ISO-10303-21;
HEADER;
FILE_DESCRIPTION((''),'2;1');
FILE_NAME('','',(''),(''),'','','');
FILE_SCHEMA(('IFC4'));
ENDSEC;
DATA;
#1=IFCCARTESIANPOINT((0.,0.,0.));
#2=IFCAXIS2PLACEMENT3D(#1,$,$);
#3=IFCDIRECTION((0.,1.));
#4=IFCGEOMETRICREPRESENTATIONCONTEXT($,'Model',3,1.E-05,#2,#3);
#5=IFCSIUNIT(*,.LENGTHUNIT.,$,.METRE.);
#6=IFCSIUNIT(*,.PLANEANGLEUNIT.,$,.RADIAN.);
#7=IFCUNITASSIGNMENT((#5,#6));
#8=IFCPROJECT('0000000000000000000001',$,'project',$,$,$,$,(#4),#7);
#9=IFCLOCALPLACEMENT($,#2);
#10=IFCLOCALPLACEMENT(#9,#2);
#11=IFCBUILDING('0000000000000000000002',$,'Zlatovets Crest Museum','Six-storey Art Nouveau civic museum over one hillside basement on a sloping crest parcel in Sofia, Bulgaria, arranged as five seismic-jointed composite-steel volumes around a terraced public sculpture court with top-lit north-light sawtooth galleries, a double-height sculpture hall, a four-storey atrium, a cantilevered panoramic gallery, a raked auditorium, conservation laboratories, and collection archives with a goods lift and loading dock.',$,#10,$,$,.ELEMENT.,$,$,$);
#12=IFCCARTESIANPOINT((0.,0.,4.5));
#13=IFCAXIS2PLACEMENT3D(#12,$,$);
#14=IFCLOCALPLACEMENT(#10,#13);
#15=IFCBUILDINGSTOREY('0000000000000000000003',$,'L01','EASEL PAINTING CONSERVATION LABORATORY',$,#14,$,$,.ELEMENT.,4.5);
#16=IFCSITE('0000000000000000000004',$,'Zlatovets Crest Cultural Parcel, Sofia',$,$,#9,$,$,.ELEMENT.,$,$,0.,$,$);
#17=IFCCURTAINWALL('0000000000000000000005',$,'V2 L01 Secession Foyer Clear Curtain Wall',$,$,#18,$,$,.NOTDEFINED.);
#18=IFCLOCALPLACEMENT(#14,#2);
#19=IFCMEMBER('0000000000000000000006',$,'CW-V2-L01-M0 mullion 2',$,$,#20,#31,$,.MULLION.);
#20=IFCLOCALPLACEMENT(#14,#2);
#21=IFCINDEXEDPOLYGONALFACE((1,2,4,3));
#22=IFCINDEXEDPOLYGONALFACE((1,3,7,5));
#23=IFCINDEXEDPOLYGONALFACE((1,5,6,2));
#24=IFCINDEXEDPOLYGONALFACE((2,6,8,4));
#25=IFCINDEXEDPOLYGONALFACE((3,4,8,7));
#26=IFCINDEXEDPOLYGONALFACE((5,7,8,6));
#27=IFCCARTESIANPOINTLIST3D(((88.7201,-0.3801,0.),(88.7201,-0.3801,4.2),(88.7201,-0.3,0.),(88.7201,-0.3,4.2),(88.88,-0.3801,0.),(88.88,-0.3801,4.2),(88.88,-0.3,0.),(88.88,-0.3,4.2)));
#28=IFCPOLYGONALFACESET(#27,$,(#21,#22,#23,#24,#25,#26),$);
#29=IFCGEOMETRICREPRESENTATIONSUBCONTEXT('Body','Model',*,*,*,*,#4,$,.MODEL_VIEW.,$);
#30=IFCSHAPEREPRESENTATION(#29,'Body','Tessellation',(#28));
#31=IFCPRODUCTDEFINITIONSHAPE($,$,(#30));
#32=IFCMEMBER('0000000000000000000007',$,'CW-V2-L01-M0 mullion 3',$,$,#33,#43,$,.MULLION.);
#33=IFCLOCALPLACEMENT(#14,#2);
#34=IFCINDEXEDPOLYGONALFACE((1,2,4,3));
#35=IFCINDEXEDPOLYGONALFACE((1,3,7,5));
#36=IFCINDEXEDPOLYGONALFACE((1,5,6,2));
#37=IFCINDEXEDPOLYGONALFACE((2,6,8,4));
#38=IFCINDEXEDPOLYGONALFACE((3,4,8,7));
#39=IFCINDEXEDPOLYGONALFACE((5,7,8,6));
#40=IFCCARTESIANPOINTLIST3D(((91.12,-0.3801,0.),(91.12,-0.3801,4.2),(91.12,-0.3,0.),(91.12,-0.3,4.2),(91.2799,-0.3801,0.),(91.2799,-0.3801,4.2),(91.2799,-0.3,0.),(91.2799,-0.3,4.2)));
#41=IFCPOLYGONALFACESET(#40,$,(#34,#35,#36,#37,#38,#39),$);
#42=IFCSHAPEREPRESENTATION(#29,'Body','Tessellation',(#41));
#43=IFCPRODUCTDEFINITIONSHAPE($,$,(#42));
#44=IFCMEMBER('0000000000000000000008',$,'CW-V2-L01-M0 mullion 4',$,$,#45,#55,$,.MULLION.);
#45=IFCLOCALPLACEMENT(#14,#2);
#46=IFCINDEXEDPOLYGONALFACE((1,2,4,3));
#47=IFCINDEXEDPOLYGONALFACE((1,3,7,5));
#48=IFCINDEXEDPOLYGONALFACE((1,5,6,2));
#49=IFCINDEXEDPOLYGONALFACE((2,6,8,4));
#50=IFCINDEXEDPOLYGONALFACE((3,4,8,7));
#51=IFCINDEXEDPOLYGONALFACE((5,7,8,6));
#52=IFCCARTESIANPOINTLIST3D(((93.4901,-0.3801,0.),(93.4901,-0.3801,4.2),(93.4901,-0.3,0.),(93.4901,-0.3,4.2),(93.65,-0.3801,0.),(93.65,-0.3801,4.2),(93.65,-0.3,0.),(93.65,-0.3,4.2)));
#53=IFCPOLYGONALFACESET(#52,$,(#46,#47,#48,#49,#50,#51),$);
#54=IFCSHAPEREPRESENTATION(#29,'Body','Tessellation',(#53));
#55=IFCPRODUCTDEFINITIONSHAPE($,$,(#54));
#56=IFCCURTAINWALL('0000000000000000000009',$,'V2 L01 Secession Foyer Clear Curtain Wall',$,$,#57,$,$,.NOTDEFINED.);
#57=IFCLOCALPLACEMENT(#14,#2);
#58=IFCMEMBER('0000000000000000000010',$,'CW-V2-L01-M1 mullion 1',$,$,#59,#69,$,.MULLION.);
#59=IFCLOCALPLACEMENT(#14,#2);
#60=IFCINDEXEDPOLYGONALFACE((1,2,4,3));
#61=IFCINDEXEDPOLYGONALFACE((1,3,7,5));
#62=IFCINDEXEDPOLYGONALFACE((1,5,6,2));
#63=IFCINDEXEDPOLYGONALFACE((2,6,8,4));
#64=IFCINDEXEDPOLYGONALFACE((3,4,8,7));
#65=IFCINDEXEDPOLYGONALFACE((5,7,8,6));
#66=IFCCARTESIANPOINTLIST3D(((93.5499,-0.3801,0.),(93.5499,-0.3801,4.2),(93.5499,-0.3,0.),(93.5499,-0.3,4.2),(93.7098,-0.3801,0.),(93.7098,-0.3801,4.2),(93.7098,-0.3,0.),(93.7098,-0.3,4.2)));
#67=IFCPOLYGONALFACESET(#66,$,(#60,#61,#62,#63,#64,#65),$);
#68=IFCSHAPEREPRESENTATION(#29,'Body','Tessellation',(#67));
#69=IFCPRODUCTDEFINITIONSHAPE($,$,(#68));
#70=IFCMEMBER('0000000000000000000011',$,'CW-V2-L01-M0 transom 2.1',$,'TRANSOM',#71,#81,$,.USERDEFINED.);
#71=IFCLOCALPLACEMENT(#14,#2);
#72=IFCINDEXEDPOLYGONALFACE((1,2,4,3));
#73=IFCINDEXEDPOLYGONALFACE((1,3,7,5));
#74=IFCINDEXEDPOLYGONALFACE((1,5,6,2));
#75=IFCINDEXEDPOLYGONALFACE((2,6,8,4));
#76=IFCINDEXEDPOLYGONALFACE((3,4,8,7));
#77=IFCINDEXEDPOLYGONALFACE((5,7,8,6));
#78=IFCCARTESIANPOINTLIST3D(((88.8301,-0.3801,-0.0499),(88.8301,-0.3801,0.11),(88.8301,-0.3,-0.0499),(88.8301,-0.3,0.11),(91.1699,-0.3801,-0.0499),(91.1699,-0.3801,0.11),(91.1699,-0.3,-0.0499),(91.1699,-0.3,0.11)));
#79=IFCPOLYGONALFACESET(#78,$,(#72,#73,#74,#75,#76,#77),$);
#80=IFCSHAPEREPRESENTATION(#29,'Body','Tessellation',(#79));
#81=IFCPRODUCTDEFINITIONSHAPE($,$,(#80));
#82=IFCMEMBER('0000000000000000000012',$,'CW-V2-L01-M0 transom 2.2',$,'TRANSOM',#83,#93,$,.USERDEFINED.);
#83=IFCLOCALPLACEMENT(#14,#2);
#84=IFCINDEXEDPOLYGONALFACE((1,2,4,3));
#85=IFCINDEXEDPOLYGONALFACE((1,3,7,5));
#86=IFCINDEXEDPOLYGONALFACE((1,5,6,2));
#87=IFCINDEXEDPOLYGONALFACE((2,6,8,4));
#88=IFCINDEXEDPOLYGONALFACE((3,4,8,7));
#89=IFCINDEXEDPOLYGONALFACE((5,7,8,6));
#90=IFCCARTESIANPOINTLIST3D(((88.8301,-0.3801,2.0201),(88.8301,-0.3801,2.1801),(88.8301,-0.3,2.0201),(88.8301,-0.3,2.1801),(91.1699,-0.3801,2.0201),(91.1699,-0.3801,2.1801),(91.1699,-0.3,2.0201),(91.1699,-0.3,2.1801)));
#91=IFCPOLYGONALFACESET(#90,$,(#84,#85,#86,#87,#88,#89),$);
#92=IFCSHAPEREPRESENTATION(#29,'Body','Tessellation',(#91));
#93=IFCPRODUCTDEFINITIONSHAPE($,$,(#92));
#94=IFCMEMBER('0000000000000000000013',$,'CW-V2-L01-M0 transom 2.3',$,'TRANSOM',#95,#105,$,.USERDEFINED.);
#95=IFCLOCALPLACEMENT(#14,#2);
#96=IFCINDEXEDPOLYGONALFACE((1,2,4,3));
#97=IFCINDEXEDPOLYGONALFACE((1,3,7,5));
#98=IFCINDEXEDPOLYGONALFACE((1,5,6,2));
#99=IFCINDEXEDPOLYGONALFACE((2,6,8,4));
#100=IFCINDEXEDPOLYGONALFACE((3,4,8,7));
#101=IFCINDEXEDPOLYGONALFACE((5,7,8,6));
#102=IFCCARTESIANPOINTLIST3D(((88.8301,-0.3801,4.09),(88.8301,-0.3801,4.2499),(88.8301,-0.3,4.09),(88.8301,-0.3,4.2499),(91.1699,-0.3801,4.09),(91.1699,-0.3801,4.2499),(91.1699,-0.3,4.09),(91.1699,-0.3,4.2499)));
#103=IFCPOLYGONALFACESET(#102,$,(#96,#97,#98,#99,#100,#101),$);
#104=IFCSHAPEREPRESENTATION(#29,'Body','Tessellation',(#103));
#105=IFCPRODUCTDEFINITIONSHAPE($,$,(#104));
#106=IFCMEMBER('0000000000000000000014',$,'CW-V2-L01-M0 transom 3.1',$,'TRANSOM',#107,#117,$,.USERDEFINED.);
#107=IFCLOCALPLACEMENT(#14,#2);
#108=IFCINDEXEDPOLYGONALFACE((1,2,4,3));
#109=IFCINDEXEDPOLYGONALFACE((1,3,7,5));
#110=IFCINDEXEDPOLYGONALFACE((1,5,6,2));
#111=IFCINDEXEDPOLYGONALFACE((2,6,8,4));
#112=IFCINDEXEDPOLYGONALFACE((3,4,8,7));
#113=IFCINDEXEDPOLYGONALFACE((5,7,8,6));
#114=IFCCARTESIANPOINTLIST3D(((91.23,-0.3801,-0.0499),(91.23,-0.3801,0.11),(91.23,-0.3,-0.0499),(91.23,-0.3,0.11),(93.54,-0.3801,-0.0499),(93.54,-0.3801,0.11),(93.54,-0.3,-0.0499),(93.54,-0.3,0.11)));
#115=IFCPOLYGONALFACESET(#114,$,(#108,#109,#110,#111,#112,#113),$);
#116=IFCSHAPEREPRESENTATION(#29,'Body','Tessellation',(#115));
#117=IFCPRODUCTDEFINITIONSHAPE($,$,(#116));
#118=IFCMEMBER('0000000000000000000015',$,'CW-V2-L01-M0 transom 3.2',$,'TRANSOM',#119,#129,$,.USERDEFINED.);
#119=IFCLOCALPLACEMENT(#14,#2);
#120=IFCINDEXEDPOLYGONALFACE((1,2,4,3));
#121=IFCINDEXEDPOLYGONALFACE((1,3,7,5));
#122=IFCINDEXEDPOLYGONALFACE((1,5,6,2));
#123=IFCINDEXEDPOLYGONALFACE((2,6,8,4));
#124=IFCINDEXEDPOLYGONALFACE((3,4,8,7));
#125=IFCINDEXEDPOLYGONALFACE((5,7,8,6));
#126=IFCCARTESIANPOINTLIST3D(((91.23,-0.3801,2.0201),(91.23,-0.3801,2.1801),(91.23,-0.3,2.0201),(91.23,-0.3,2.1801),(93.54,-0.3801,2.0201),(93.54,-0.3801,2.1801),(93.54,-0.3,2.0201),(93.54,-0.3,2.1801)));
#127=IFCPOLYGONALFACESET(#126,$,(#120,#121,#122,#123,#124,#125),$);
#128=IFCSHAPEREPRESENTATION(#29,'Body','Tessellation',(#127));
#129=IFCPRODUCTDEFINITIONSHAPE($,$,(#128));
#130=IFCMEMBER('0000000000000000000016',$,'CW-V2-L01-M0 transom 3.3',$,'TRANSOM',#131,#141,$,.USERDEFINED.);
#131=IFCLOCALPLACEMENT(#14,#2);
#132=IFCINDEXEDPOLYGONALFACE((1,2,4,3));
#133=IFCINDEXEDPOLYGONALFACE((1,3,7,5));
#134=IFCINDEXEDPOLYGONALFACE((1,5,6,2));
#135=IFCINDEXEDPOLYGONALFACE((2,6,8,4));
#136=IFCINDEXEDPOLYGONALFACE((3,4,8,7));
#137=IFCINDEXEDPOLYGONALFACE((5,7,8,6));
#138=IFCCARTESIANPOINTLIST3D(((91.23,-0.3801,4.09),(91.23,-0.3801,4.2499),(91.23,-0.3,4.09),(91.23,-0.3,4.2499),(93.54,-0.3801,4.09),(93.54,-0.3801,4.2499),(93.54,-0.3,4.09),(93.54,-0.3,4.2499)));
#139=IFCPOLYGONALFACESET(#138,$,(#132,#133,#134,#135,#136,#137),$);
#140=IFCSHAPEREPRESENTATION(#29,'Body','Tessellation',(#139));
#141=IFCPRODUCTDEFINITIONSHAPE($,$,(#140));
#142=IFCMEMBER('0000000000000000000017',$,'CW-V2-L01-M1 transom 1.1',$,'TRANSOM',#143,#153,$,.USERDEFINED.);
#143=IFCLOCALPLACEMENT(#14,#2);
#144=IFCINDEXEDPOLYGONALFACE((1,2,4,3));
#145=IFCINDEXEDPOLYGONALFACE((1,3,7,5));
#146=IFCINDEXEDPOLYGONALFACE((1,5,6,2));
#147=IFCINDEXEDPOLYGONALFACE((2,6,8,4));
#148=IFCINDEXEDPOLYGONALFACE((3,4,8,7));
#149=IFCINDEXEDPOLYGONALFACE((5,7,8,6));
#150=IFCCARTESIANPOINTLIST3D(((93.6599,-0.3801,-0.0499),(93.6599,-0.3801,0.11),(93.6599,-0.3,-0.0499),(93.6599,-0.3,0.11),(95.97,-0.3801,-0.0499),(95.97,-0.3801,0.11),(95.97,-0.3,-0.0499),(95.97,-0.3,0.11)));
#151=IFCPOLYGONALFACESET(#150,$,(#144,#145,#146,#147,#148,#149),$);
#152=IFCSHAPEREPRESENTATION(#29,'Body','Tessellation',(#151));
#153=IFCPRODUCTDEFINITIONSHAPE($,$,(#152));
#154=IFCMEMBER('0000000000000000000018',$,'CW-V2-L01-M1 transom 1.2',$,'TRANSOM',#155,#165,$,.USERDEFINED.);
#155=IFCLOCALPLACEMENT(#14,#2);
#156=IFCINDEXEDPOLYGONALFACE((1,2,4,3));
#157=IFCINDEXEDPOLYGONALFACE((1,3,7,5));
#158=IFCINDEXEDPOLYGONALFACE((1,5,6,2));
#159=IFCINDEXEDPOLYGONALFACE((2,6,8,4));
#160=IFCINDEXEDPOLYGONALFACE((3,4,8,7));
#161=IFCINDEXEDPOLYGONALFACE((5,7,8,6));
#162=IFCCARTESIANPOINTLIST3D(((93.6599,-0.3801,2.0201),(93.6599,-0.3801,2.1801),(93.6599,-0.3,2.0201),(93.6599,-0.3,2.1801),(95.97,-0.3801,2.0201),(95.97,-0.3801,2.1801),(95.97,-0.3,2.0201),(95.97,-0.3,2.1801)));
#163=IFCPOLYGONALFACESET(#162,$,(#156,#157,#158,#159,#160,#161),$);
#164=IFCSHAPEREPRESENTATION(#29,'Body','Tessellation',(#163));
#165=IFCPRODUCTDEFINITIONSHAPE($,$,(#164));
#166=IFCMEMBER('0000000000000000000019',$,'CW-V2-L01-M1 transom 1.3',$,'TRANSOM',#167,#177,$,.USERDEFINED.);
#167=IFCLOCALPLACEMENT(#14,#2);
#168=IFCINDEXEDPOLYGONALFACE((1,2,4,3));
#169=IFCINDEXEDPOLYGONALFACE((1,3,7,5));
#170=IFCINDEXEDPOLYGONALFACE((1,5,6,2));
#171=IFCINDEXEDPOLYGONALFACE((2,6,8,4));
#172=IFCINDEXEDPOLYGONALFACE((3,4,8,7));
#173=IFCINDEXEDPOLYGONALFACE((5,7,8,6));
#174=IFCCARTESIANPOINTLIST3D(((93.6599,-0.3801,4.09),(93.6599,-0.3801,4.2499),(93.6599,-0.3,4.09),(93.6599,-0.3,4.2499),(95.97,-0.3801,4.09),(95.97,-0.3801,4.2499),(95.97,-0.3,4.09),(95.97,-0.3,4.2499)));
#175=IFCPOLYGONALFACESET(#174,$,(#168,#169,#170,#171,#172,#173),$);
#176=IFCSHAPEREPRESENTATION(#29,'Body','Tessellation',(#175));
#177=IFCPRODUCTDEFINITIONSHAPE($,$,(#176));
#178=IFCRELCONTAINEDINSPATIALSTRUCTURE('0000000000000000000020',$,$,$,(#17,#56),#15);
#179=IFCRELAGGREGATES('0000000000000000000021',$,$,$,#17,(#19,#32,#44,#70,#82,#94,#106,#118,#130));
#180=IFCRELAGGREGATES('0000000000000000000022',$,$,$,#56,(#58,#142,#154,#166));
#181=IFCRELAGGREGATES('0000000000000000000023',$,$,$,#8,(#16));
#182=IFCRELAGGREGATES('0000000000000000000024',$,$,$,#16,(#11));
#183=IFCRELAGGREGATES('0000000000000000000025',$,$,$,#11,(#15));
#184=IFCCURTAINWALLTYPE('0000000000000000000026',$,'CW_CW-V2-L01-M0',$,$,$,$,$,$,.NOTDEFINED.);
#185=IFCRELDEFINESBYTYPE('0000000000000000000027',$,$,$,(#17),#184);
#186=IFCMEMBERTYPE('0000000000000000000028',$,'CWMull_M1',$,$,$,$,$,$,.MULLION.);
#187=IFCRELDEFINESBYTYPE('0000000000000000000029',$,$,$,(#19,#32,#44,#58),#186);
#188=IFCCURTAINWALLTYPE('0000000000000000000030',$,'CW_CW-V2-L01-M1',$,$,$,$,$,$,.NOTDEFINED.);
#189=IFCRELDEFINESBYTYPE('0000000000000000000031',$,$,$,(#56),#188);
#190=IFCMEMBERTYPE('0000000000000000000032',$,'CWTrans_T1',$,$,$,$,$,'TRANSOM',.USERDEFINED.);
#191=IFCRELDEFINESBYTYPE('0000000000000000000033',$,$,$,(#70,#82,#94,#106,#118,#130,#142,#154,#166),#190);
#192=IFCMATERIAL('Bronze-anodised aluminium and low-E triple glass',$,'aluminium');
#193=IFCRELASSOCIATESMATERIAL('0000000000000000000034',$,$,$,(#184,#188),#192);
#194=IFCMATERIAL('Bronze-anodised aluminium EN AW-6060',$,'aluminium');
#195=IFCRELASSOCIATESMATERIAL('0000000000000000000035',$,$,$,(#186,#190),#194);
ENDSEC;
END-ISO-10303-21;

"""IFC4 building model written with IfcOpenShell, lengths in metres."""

from ifc_helpers import new_model, si_unit, direction, frame, origin, origin_2d, place, context, subcontext, project, spatial, rectangle, extrude, material, material_profile, profile_set, type_object, element, aggregate, save


model = new_model("IFC4")

# Units and contexts
model_context = context("Model", 3, precision=1e-05, world=origin(), true_north=direction((0.0, 1.0)))
body_context = subcontext(model_context, "Body", "Model", "MODEL_VIEW")
ifc_project = project(units=[si_unit("LENGTHUNIT", "METRE"), si_unit("PLANEANGLEUNIT", "RADIAN")], contexts=[model_context])

# Site, building, storey
site_placement = place(None, origin())
site = spatial("IfcSite", under=ifc_project, at=site_placement, Name="Zlatovets Crest Cultural Parcel, Sofia", CompositionType="ELEMENT", RefElevation=0.0)
building_placement = place(site_placement, origin())
building = spatial("IfcBuilding", under=site, at=building_placement, Name="Zlatovets Crest Museum", Description="Six-storey Art Nouveau civic museum over one hillside basement on a sloping crest parcel in Sofia, Bulgaria, arranged as five seismic-jointed composite-steel volumes around a terraced public sculpture court with top-lit north-light sawtooth galleries, a double-height sculpture hall, a four-storey atrium, a cantilevered panoramic gallery, a raked auditorium, conservation laboratories, and collection archives with a goods lift and loading dock.", CompositionType="ELEMENT")
storey_placement = place(building_placement, frame((0.0, 0.0, 4.5)))
storey = spatial("IfcBuildingStorey", under=building, at=storey_placement, Name="L01", Description="EASEL PAINTING CONSERVATION LABORATORY", CompositionType="ELEMENT", Elevation=4.5)

# Curtain wall, members
ifc_material_1 = material(Name="Bronze-anodised aluminium and low-E triple glass", Category="aluminium")
curtain_wall_type_1 = type_object("IfcCurtainWallType", Name="CW_CW-V2-L01-M0", PredefinedType="NOTDEFINED", material=ifc_material_1)
curtain_wall_1_placement = place(storey_placement, origin())
curtain_wall_1 = element("IfcCurtainWall", 1, at=curtain_wall_1_placement, inside=storey, type_object=curtain_wall_type_1, Name="V2 L01 Secession Foyer Clear Curtain Wall", PredefinedType="NOTDEFINED")
ifc_material_2 = material(Name="Bronze-anodised aluminium EN AW-6060", Category="aluminium")
ifc_material_profile_1 = material_profile(ifc_material_2, rectangle(XDim=0.0801, YDim=0.1599, at=origin_2d()), Name="ALU 80x160")
ifc_profile_set_1 = profile_set([ifc_material_profile_1], Name="Bronze-anodised aluminium EN AW-6060")
member_type_1 = type_object("IfcMemberType", Name="CWMull_M1", PredefinedType="MULLION", material=ifc_profile_set_1)
member_1_placement = place(storey_placement, frame((88.8, -0.3401, 0.0), z_axis=(0.0, 0.0, 1.0), x_axis=(0.0, 1.0, 0.0)))
member_1 = element("IfcMember", 2, at=member_1_placement, type_object=member_type_1, Name="CW-V2-L01-M0 mullion 2", PredefinedType="MULLION", context=body_context, shape_type="SweptSolid", body=[
    extrude(rectangle(XDim=0.0801, YDim=0.1599, at=origin_2d()), origin(), (0.0, 0.0, 1.0), 4.2),
])
member_2_placement = place(storey_placement, frame((91.2, -0.3401, 0.0), z_axis=(0.0, 0.0, 1.0), x_axis=(0.0, 1.0, 0.0)))
member_2 = element("IfcMember", 3, at=member_2_placement, type_object=member_type_1, Name="CW-V2-L01-M0 mullion 3", PredefinedType="MULLION", context=body_context, shape_type="SweptSolid", body=[
    extrude(rectangle(XDim=0.0801, YDim=0.1599, at=origin_2d()), origin(), (0.0, 0.0, 1.0), 4.2),
])
member_3_placement = place(storey_placement, frame((93.5701, -0.3401, 0.0), z_axis=(0.0, 0.0, 1.0), x_axis=(0.0, 1.0, 0.0)))
member_3 = element("IfcMember", 4, at=member_3_placement, type_object=member_type_1, Name="CW-V2-L01-M0 mullion 4", PredefinedType="MULLION", context=body_context, shape_type="SweptSolid", body=[
    extrude(rectangle(XDim=0.0801, YDim=0.1599, at=origin_2d()), origin(), (0.0, 0.0, 1.0), 4.2),
])

# Curtain wall, member
curtain_wall_type_2 = type_object("IfcCurtainWallType", Name="CW_CW-V2-L01-M1", PredefinedType="NOTDEFINED", material=ifc_material_1)
curtain_wall_2_placement = place(storey_placement, origin())
curtain_wall_2 = element("IfcCurtainWall", 5, at=curtain_wall_2_placement, inside=storey, type_object=curtain_wall_type_2, Name="V2 L01 Secession Foyer Clear Curtain Wall", PredefinedType="NOTDEFINED")
member_4_placement = place(storey_placement, frame((93.6299, -0.3401, 0.0), z_axis=(0.0, 0.0, 1.0), x_axis=(0.0, 1.0, 0.0)))
member_4 = element("IfcMember", 6, at=member_4_placement, type_object=member_type_1, Name="CW-V2-L01-M1 mullion 1", PredefinedType="MULLION", context=body_context, shape_type="SweptSolid", body=[
    extrude(rectangle(XDim=0.0801, YDim=0.1599, at=origin_2d()), origin(), (0.0, 0.0, 1.0), 4.2),
])

# Members
ifc_material_profile_2 = material_profile(ifc_material_2, rectangle(XDim=0.0801, YDim=0.1599, at=origin_2d()), Name="ALU 80x160")
ifc_profile_set_2 = profile_set([ifc_material_profile_2], Name="Bronze-anodised aluminium EN AW-6060")
member_type_2 = type_object("IfcMemberType", Name="CWTrans_T1", ElementType="TRANSOM", PredefinedType="USERDEFINED", material=ifc_profile_set_2)
member_5_placement = place(storey_placement, frame((88.8301, -0.3401, 0.03), z_axis=(1.0, 0.0, 0.0), x_axis=(0.0, 1.0, 0.0)))
member_5 = element("IfcMember", 7, at=member_5_placement, type_object=member_type_2, Name="CW-V2-L01-M0 transom 2.1", ObjectType="TRANSOM", PredefinedType="USERDEFINED", context=body_context, shape_type="SweptSolid", body=[
    extrude(rectangle(XDim=0.0801, YDim=0.1599, at=origin_2d()), origin(), (0.0, 0.0, 1.0), 2.3398),
])
member_6_placement = place(storey_placement, frame((88.8301, -0.3401, 2.1001), z_axis=(1.0, 0.0, 0.0), x_axis=(0.0, 1.0, 0.0)))
member_6 = element("IfcMember", 8, at=member_6_placement, type_object=member_type_2, Name="CW-V2-L01-M0 transom 2.2", ObjectType="TRANSOM", PredefinedType="USERDEFINED", context=body_context, shape_type="SweptSolid", body=[
    extrude(rectangle(XDim=0.0801, YDim=0.1599, at=origin_2d()), origin(), (0.0, 0.0, 1.0), 2.3398),
])
member_7_placement = place(storey_placement, frame((88.8301, -0.3401, 4.1699), z_axis=(1.0, 0.0, 0.0), x_axis=(0.0, 1.0, 0.0)))
member_7 = element("IfcMember", 9, at=member_7_placement, type_object=member_type_2, Name="CW-V2-L01-M0 transom 2.3", ObjectType="TRANSOM", PredefinedType="USERDEFINED", context=body_context, shape_type="SweptSolid", body=[
    extrude(rectangle(XDim=0.0801, YDim=0.1599, at=origin_2d()), origin(), (0.0, 0.0, 1.0), 2.3398),
])
member_8_placement = place(storey_placement, frame((91.23, -0.3401, 0.03), z_axis=(1.0, 0.0, 0.0), x_axis=(0.0, 1.0, 0.0)))
member_8 = element("IfcMember", 10, at=member_8_placement, type_object=member_type_2, Name="CW-V2-L01-M0 transom 3.1", ObjectType="TRANSOM", PredefinedType="USERDEFINED", context=body_context, shape_type="SweptSolid", body=[
    extrude(rectangle(XDim=0.0801, YDim=0.1599, at=origin_2d()), origin(), (0.0, 0.0, 1.0), 2.3101),
])
member_9_placement = place(storey_placement, frame((91.23, -0.3401, 2.1001), z_axis=(1.0, 0.0, 0.0), x_axis=(0.0, 1.0, 0.0)))
member_9 = element("IfcMember", 11, at=member_9_placement, type_object=member_type_2, Name="CW-V2-L01-M0 transom 3.2", ObjectType="TRANSOM", PredefinedType="USERDEFINED", context=body_context, shape_type="SweptSolid", body=[
    extrude(rectangle(XDim=0.0801, YDim=0.1599, at=origin_2d()), origin(), (0.0, 0.0, 1.0), 2.3101),
])
member_10_placement = place(storey_placement, frame((91.23, -0.3401, 4.1699), z_axis=(1.0, 0.0, 0.0), x_axis=(0.0, 1.0, 0.0)))
member_10 = element("IfcMember", 12, at=member_10_placement, type_object=member_type_2, Name="CW-V2-L01-M0 transom 3.3", ObjectType="TRANSOM", PredefinedType="USERDEFINED", context=body_context, shape_type="SweptSolid", body=[
    extrude(rectangle(XDim=0.0801, YDim=0.1599, at=origin_2d()), origin(), (0.0, 0.0, 1.0), 2.3101),
])
member_11_placement = place(storey_placement, frame((93.6599, -0.3401, 0.03), z_axis=(1.0, 0.0, 0.0), x_axis=(0.0, 1.0, 0.0)))
member_11 = element("IfcMember", 13, at=member_11_placement, type_object=member_type_2, Name="CW-V2-L01-M1 transom 1.1", ObjectType="TRANSOM", PredefinedType="USERDEFINED", context=body_context, shape_type="SweptSolid", body=[
    extrude(rectangle(XDim=0.0801, YDim=0.1599, at=origin_2d()), origin(), (0.0, 0.0, 1.0), 2.3101),
])
member_12_placement = place(storey_placement, frame((93.6599, -0.3401, 2.1001), z_axis=(1.0, 0.0, 0.0), x_axis=(0.0, 1.0, 0.0)))
member_12 = element("IfcMember", 14, at=member_12_placement, type_object=member_type_2, Name="CW-V2-L01-M1 transom 1.2", ObjectType="TRANSOM", PredefinedType="USERDEFINED", context=body_context, shape_type="SweptSolid", body=[
    extrude(rectangle(XDim=0.0801, YDim=0.1599, at=origin_2d()), origin(), (0.0, 0.0, 1.0), 2.3101),
])
member_13_placement = place(storey_placement, frame((93.6599, -0.3401, 4.1699), z_axis=(1.0, 0.0, 0.0), x_axis=(0.0, 1.0, 0.0)))
member_13 = element("IfcMember", 15, at=member_13_placement, type_object=member_type_2, Name="CW-V2-L01-M1 transom 1.3", ObjectType="TRANSOM", PredefinedType="USERDEFINED", context=body_context, shape_type="SweptSolid", body=[
    extrude(rectangle(XDim=0.0801, YDim=0.1599, at=origin_2d()), origin(), (0.0, 0.0, 1.0), 2.3101),
])

aggregate(curtain_wall_1, [member_1, member_2, member_3, member_5, member_6, member_7, member_8, member_9, member_10])
aggregate(curtain_wall_2, [member_4, member_11, member_12, member_13])

save(model, "model.ifc")
